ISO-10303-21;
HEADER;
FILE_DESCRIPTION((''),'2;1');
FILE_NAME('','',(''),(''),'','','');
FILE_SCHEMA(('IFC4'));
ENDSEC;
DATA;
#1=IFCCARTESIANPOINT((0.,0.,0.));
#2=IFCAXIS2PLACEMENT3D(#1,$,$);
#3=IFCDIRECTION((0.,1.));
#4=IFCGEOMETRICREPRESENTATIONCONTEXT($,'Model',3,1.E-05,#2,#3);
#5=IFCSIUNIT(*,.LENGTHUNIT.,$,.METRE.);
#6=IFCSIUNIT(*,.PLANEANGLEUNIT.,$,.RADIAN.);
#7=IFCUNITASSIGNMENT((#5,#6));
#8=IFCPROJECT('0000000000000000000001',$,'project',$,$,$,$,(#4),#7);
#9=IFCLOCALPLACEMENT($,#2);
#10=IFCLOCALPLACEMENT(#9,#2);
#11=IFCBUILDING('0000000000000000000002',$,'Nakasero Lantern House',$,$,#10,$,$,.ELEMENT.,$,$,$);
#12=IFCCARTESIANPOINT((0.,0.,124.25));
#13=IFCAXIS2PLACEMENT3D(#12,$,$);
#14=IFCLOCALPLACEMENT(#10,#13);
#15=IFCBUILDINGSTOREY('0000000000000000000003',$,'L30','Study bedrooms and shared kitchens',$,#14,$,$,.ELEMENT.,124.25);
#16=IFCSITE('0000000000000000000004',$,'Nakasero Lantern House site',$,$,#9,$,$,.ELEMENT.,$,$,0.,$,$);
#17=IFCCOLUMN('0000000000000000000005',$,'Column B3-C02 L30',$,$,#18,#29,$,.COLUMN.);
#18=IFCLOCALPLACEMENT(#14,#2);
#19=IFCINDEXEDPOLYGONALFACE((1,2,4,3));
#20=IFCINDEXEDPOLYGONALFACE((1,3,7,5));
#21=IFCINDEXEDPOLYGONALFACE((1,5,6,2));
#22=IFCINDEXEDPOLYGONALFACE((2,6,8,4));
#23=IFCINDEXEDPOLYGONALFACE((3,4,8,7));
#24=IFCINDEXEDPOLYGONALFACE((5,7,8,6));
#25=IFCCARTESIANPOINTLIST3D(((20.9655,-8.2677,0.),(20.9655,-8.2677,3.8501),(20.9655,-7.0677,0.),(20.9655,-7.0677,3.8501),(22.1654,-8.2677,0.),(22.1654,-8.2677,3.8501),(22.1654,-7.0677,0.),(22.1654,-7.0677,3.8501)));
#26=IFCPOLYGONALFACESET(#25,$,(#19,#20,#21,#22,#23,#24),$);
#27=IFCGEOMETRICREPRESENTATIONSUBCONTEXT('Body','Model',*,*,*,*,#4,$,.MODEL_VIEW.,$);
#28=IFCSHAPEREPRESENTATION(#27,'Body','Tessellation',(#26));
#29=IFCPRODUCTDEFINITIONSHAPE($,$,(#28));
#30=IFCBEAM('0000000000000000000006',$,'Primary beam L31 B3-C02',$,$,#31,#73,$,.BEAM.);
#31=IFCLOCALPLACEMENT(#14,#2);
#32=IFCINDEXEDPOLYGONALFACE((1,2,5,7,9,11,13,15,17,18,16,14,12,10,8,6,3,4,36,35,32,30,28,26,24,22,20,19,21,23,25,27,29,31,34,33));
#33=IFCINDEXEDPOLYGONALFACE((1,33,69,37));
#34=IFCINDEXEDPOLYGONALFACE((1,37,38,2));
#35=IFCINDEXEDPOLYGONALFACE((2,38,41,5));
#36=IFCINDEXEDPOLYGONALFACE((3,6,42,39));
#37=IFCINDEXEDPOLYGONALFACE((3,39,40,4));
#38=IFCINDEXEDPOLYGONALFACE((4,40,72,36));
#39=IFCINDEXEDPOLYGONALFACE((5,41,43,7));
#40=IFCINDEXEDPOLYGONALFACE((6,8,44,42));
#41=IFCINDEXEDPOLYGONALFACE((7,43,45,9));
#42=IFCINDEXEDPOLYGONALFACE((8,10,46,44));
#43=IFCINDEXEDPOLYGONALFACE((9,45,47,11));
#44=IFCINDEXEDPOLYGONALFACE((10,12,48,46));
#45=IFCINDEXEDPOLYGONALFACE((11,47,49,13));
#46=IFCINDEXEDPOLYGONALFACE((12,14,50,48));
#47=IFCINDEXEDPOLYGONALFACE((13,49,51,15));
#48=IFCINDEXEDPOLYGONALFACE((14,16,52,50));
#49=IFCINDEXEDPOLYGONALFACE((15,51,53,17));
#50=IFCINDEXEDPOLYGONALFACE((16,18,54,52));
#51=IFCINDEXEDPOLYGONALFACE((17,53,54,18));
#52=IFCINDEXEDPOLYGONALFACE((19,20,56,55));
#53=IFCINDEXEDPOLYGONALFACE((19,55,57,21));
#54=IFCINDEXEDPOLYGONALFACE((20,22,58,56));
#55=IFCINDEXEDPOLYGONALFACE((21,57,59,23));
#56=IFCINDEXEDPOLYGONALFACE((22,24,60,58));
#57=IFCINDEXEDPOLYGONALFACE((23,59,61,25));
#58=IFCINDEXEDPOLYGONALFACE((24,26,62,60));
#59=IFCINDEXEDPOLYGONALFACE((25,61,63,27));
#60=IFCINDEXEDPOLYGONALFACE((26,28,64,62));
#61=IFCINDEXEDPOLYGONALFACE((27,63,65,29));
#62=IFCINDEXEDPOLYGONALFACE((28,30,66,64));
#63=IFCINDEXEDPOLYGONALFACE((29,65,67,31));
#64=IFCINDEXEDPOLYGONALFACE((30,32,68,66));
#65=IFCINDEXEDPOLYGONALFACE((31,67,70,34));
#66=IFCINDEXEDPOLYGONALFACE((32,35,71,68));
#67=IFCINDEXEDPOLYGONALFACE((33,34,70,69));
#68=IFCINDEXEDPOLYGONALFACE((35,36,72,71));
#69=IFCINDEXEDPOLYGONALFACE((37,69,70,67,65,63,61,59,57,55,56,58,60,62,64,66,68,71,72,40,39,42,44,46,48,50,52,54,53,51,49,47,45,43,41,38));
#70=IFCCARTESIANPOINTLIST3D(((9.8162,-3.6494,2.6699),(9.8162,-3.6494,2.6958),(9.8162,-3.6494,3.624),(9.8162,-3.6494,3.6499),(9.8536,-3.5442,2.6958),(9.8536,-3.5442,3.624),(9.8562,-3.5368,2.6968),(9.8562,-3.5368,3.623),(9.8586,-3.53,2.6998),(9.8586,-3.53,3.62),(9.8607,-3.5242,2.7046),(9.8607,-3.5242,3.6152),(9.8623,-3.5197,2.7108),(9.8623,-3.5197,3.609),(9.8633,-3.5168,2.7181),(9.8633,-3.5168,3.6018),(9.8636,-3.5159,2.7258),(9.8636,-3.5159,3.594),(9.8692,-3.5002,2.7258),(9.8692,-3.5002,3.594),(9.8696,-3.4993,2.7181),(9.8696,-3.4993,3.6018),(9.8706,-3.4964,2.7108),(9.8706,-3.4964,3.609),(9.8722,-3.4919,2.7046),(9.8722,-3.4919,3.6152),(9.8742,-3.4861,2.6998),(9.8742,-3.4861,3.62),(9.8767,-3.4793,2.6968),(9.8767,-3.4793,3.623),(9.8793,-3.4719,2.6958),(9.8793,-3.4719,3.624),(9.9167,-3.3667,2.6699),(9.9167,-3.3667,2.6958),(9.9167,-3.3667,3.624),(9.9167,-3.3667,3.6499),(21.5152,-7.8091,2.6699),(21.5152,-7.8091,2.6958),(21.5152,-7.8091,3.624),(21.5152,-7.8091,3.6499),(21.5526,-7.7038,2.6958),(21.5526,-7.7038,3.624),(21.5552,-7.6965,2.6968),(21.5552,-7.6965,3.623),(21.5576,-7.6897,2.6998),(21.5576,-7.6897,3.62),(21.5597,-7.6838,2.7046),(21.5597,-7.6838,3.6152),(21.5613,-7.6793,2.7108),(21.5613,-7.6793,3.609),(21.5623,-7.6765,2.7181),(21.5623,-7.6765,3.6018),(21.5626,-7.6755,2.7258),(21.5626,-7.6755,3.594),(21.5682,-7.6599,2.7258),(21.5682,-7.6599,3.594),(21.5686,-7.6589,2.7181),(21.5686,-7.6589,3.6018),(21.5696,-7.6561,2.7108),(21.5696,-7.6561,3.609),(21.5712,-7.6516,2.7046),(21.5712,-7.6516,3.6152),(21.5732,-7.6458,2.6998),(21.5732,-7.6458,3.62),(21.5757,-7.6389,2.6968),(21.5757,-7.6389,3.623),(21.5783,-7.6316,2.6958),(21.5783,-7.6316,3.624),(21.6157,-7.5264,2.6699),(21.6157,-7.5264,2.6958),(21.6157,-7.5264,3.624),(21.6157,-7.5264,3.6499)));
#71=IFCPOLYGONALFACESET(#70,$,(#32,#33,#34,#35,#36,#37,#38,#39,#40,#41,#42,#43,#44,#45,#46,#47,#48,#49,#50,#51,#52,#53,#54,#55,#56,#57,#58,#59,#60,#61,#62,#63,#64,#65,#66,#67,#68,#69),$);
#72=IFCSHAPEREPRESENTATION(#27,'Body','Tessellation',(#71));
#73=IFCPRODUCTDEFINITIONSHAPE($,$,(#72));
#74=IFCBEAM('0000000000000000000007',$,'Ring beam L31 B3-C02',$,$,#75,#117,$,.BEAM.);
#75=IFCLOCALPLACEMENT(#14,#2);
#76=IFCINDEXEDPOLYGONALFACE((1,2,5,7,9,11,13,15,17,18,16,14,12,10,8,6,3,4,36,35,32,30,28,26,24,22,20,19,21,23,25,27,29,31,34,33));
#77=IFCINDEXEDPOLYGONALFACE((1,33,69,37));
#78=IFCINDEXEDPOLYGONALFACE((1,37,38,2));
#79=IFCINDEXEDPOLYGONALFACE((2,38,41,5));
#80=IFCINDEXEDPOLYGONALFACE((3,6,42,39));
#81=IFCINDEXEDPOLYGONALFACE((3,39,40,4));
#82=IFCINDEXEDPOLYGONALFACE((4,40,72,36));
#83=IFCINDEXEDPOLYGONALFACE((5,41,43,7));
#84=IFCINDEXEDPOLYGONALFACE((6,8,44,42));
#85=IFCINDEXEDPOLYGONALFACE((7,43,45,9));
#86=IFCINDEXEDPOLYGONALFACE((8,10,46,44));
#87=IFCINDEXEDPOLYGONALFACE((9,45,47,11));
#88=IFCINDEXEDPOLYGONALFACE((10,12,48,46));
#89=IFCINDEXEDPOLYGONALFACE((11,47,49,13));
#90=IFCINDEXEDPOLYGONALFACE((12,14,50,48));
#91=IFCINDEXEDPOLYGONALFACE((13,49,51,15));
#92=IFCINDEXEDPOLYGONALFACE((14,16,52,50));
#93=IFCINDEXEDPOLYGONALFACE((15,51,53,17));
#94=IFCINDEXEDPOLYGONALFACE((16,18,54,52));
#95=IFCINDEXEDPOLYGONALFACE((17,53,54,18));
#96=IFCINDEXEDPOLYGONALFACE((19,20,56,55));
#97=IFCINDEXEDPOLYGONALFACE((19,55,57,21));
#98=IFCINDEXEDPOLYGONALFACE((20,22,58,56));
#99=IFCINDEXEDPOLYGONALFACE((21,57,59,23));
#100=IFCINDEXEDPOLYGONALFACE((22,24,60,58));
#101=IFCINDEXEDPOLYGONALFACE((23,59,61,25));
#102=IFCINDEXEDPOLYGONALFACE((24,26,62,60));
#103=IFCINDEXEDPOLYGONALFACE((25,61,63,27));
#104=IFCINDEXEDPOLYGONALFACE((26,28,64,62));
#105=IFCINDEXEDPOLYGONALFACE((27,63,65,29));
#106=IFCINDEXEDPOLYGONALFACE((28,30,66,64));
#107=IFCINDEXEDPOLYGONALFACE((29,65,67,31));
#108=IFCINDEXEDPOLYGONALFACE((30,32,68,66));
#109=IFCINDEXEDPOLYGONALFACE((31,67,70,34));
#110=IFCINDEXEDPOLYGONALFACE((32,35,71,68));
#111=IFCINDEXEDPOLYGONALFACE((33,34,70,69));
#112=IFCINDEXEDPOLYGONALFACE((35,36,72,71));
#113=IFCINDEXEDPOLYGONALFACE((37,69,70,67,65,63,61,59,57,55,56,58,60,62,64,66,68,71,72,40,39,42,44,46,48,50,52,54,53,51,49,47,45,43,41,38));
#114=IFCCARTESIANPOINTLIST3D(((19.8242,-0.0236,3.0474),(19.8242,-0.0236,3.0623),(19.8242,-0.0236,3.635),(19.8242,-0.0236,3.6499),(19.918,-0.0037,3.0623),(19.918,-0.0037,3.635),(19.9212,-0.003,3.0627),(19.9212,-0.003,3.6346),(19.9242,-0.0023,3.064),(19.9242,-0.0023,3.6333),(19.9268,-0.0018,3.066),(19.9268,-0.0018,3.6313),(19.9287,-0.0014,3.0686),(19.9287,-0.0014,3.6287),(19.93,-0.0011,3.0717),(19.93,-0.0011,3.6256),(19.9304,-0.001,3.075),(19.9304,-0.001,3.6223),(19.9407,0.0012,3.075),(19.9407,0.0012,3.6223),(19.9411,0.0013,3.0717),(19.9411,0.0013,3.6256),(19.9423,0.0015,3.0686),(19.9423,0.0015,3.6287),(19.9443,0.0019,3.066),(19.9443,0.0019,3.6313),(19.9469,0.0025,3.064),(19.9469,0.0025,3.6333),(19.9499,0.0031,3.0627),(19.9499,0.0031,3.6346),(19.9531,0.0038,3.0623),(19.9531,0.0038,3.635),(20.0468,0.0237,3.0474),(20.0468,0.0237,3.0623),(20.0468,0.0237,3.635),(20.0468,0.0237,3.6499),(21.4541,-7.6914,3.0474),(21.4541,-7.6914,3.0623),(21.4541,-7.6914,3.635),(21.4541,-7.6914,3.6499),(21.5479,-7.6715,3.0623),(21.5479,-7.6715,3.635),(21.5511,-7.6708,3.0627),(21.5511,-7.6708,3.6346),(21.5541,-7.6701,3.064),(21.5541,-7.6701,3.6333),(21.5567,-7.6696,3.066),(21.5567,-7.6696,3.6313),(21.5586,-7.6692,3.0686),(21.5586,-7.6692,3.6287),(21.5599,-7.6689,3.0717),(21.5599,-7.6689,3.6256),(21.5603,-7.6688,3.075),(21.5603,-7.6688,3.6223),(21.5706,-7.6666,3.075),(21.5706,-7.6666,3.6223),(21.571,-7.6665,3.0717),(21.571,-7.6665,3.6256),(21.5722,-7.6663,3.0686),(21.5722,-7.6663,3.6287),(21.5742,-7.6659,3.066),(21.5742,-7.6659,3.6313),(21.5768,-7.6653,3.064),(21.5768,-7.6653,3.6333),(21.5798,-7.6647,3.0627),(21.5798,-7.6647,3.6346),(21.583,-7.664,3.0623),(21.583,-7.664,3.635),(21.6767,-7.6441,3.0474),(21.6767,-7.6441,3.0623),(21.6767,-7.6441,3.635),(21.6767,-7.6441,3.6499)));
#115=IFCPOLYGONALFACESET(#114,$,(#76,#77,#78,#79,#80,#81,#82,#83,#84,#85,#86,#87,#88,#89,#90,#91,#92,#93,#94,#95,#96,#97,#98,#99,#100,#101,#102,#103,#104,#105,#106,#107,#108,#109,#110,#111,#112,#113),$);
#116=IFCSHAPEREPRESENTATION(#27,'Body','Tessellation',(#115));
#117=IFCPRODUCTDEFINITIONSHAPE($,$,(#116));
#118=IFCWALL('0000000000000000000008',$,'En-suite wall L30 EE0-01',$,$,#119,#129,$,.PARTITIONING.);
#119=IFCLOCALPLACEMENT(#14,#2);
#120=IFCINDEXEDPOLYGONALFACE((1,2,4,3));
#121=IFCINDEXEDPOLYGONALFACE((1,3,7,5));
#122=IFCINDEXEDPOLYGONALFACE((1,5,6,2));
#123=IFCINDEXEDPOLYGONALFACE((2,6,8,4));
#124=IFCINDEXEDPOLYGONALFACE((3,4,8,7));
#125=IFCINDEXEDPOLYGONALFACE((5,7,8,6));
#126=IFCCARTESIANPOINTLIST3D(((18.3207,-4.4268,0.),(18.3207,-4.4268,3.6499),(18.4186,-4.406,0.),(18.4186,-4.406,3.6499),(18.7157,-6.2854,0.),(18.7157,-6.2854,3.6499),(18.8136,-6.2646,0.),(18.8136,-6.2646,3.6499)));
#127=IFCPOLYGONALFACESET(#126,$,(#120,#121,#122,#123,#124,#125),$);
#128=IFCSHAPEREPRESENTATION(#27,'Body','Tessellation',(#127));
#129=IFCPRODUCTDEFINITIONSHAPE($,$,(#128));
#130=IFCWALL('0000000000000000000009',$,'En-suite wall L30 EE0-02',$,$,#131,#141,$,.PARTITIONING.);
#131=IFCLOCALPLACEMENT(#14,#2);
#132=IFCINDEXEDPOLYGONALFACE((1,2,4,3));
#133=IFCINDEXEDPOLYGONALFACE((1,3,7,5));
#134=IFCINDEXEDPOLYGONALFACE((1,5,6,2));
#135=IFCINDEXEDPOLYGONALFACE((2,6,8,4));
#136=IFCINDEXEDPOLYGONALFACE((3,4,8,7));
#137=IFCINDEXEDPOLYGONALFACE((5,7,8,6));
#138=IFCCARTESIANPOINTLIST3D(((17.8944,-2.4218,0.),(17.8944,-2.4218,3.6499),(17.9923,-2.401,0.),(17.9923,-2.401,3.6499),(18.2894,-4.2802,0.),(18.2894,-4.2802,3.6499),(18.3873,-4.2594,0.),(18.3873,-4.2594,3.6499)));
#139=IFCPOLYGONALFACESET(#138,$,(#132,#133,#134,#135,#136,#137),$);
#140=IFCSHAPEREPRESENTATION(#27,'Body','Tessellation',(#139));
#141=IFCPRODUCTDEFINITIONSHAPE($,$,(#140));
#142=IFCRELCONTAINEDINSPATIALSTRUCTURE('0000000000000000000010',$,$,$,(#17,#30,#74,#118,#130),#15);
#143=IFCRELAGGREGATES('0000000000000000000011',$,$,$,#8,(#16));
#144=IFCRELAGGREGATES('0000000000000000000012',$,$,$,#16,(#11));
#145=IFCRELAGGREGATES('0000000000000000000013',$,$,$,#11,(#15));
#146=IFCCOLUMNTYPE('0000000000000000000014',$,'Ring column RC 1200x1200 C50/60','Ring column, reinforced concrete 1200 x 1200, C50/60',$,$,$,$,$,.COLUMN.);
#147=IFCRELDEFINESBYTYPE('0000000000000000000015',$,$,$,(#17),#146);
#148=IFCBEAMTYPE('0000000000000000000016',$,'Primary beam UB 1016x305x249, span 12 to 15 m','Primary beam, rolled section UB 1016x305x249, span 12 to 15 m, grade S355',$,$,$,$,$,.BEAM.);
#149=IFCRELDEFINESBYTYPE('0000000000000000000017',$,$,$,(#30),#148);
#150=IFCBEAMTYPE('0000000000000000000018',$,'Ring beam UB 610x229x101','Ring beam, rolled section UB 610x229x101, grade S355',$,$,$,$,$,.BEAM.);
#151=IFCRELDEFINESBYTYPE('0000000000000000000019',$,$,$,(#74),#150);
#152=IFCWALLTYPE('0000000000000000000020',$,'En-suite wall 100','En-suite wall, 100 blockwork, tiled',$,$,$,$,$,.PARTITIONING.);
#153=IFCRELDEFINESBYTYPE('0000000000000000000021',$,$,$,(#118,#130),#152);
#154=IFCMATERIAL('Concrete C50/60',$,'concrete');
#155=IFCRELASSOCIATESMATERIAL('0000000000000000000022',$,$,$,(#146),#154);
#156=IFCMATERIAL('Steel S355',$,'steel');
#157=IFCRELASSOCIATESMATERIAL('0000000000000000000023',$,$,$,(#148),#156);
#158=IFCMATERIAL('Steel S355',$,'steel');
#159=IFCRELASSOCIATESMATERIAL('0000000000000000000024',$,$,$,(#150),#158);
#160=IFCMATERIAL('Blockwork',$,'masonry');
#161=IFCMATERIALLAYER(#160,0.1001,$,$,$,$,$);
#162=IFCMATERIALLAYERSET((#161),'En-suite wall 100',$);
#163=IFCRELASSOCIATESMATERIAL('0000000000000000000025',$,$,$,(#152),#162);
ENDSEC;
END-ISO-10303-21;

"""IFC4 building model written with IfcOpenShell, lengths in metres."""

from ifc_helpers import new_model, si_unit, direction, frame, frame_2d, origin, origin_2d, place, context, subcontext, project, spatial, rectangle, i_section, extrude, material, layer, layer_set, material_profile, profile_set, type_object, element, save


model = new_model("IFC4")

# Units and contexts
model_context = context("Model", 3, precision=1e-05, world=origin(), true_north=direction((0.0, 1.0)))
body_context = subcontext(model_context, "Body", "Model", "MODEL_VIEW")
ifc_project = project(units=[si_unit("LENGTHUNIT", "METRE"), si_unit("PLANEANGLEUNIT", "RADIAN")], contexts=[model_context])

# Site, building, storey
site_placement = place(None, origin())
site = spatial("IfcSite", under=ifc_project, at=site_placement, Name="Nakasero Lantern House site", CompositionType="ELEMENT", RefElevation=0.0)
building_placement = place(site_placement, origin())
building = spatial("IfcBuilding", under=site, at=building_placement, Name="Nakasero Lantern House", CompositionType="ELEMENT")
storey_placement = place(building_placement, frame((0.0, 0.0, 124.25)))
storey = spatial("IfcBuildingStorey", under=building, at=storey_placement, Name="L30", Description="Study bedrooms and shared kitchens", CompositionType="ELEMENT", Elevation=124.25)

# Column
ifc_material_1 = material(Name="Concrete C50/60", Category="concrete")
ifc_material_profile_1 = material_profile(ifc_material_1, rectangle(XDim=1.2, YDim=1.2, at=origin_2d()), Name="RC 1200x1200")
ifc_profile_set_1 = profile_set([ifc_material_profile_1], Name="Concrete C50/60")
column_type = type_object("IfcColumnType", Name="Ring column RC 1200x1200 C50/60", Description="Ring column, reinforced concrete 1200 x 1200, C50/60", PredefinedType="COLUMN", material=ifc_profile_set_1)
column_placement = place(storey_placement, frame((21.5654, -7.6677, 0.0), z_axis=(0.0, 0.0, 1.0), x_axis=(1.0, 0.0, 0.0)))
element("IfcColumn", 1, at=column_placement, inside=storey, type_object=column_type, Name="Column B3-C02 L30", PredefinedType="COLUMN", context=body_context, shape_type="SweptSolid", body=[
    extrude(rectangle(XDim=1.2, YDim=1.2, at=origin_2d()), origin(), (0.0, 0.0, 1.0), 3.8501),
])

# Beams
ifc_material_2 = material(Name="Steel S355", Category="steel")
ifc_material_profile_2 = material_profile(ifc_material_2, i_section(OverallWidth=0.3, OverallDepth=0.98, WebThickness=0.0166, FlangeThickness=0.0259, FilletRadius=0.03, at=origin_2d()), Name="UB 1016x305x249")
ifc_profile_set_2 = profile_set([ifc_material_profile_2], Name="Steel S355")
beam_type_1 = type_object("IfcBeamType", Name="Primary beam UB 1016x305x249, span 12 to 15 m", Description="Primary beam, rolled section UB 1016x305x249, span 12 to 15 m, grade S355", PredefinedType="BEAM", material=ifc_profile_set_2)
beam_1_placement = place(storey_placement, frame((21.5654, -7.6677, 3.1599), z_axis=(-0.942214, 0.335012, 0.0), x_axis=(-0.335012, -0.942214, 0.0)))
element("IfcBeam", 2, at=beam_1_placement, inside=storey, type_object=beam_type_1, Name="Primary beam L31 B3-C02", PredefinedType="BEAM", context=body_context, shape_type="SweptSolid", body=[
    extrude(i_section(OverallWidth=0.3, OverallDepth=0.98, WebThickness=0.0166, FlangeThickness=0.0259, FilletRadius=0.03, at=origin_2d()), origin(), (0.0, 0.0, 1.0), 12.4165),
])
ifc_material_3 = material(Name="Steel S355", Category="steel")
ifc_material_profile_3 = material_profile(ifc_material_3, i_section(OverallWidth=0.2275, OverallDepth=0.6025, WebThickness=0.0105, FlangeThickness=0.0149, FilletRadius=0.0127, at=origin_2d()), Name="UB 610x229x101")
ifc_profile_set_3 = profile_set([ifc_material_profile_3], Name="Steel S355")
beam_type_2 = type_object("IfcBeamType", Name="Ring beam UB 610x229x101", Description="Ring beam, rolled section UB 610x229x101, grade S355", PredefinedType="BEAM", material=ifc_profile_set_3)
beam_2_placement = place(storey_placement, frame((21.5654, -7.6677, 3.3486), z_axis=(-0.207919, 0.978146, 0.0), x_axis=(-0.978146, -0.207919, 0.0)))
element("IfcBeam", 3, at=beam_2_placement, inside=storey, type_object=beam_type_2, Name="Ring beam L31 B3-C02", PredefinedType="BEAM", context=body_context, shape_type="SweptSolid", body=[
    extrude(i_section(OverallWidth=0.2275, OverallDepth=0.6025, WebThickness=0.0105, FlangeThickness=0.0149, FilletRadius=0.0127, at=origin_2d()), origin(), (0.0, 0.0, 1.0), 7.8391),
])

# Walls
ifc_material_4 = material(Name="Blockwork", Category="masonry")
ifc_layer_1 = layer(ifc_material_4, 0.1001)
ifc_layer_set_1 = layer_set([ifc_layer_1], Name="En-suite wall 100")
wall_type_1 = type_object("IfcWallType", Name="En-suite wall 100", Description="En-suite wall, 100 blockwork, tiled", PredefinedType="PARTITIONING", material=ifc_layer_set_1)
wall_1_placement = place(storey_placement, frame((18.7646, -6.2751, 0.0), z_axis=(0.0, 0.0, 1.0), x_axis=(-0.207888, 0.978153, 0.0)))
element("IfcWall", 4, at=wall_1_placement, inside=storey, type_object=wall_type_1, Name="En-suite wall L30 EE0-01", PredefinedType="PARTITIONING", context=body_context, shape_type="SweptSolid", body=[
    extrude(rectangle(XDim=1.9001, YDim=0.1001, at=frame_2d((0.9502, 0.0))), origin(), (0.0, 0.0, 1.0), 3.6499),
])
wall_2_placement = place(storey_placement, frame((18.3384, -4.2698, 0.0), z_axis=(0.0, 0.0, 1.0), x_axis=(-0.207914, 0.978147, 0.0)))
element("IfcWall", 5, at=wall_2_placement, inside=storey, type_object=wall_type_1, Name="En-suite wall L30 EE0-02", PredefinedType="PARTITIONING", context=body_context, shape_type="SweptSolid", body=[
    extrude(rectangle(XDim=1.8999, YDim=0.1001, at=frame_2d((0.95, 0.0))), origin(), (0.0, 0.0, 1.0), 3.6499),
])

save(model, "model.ifc")
